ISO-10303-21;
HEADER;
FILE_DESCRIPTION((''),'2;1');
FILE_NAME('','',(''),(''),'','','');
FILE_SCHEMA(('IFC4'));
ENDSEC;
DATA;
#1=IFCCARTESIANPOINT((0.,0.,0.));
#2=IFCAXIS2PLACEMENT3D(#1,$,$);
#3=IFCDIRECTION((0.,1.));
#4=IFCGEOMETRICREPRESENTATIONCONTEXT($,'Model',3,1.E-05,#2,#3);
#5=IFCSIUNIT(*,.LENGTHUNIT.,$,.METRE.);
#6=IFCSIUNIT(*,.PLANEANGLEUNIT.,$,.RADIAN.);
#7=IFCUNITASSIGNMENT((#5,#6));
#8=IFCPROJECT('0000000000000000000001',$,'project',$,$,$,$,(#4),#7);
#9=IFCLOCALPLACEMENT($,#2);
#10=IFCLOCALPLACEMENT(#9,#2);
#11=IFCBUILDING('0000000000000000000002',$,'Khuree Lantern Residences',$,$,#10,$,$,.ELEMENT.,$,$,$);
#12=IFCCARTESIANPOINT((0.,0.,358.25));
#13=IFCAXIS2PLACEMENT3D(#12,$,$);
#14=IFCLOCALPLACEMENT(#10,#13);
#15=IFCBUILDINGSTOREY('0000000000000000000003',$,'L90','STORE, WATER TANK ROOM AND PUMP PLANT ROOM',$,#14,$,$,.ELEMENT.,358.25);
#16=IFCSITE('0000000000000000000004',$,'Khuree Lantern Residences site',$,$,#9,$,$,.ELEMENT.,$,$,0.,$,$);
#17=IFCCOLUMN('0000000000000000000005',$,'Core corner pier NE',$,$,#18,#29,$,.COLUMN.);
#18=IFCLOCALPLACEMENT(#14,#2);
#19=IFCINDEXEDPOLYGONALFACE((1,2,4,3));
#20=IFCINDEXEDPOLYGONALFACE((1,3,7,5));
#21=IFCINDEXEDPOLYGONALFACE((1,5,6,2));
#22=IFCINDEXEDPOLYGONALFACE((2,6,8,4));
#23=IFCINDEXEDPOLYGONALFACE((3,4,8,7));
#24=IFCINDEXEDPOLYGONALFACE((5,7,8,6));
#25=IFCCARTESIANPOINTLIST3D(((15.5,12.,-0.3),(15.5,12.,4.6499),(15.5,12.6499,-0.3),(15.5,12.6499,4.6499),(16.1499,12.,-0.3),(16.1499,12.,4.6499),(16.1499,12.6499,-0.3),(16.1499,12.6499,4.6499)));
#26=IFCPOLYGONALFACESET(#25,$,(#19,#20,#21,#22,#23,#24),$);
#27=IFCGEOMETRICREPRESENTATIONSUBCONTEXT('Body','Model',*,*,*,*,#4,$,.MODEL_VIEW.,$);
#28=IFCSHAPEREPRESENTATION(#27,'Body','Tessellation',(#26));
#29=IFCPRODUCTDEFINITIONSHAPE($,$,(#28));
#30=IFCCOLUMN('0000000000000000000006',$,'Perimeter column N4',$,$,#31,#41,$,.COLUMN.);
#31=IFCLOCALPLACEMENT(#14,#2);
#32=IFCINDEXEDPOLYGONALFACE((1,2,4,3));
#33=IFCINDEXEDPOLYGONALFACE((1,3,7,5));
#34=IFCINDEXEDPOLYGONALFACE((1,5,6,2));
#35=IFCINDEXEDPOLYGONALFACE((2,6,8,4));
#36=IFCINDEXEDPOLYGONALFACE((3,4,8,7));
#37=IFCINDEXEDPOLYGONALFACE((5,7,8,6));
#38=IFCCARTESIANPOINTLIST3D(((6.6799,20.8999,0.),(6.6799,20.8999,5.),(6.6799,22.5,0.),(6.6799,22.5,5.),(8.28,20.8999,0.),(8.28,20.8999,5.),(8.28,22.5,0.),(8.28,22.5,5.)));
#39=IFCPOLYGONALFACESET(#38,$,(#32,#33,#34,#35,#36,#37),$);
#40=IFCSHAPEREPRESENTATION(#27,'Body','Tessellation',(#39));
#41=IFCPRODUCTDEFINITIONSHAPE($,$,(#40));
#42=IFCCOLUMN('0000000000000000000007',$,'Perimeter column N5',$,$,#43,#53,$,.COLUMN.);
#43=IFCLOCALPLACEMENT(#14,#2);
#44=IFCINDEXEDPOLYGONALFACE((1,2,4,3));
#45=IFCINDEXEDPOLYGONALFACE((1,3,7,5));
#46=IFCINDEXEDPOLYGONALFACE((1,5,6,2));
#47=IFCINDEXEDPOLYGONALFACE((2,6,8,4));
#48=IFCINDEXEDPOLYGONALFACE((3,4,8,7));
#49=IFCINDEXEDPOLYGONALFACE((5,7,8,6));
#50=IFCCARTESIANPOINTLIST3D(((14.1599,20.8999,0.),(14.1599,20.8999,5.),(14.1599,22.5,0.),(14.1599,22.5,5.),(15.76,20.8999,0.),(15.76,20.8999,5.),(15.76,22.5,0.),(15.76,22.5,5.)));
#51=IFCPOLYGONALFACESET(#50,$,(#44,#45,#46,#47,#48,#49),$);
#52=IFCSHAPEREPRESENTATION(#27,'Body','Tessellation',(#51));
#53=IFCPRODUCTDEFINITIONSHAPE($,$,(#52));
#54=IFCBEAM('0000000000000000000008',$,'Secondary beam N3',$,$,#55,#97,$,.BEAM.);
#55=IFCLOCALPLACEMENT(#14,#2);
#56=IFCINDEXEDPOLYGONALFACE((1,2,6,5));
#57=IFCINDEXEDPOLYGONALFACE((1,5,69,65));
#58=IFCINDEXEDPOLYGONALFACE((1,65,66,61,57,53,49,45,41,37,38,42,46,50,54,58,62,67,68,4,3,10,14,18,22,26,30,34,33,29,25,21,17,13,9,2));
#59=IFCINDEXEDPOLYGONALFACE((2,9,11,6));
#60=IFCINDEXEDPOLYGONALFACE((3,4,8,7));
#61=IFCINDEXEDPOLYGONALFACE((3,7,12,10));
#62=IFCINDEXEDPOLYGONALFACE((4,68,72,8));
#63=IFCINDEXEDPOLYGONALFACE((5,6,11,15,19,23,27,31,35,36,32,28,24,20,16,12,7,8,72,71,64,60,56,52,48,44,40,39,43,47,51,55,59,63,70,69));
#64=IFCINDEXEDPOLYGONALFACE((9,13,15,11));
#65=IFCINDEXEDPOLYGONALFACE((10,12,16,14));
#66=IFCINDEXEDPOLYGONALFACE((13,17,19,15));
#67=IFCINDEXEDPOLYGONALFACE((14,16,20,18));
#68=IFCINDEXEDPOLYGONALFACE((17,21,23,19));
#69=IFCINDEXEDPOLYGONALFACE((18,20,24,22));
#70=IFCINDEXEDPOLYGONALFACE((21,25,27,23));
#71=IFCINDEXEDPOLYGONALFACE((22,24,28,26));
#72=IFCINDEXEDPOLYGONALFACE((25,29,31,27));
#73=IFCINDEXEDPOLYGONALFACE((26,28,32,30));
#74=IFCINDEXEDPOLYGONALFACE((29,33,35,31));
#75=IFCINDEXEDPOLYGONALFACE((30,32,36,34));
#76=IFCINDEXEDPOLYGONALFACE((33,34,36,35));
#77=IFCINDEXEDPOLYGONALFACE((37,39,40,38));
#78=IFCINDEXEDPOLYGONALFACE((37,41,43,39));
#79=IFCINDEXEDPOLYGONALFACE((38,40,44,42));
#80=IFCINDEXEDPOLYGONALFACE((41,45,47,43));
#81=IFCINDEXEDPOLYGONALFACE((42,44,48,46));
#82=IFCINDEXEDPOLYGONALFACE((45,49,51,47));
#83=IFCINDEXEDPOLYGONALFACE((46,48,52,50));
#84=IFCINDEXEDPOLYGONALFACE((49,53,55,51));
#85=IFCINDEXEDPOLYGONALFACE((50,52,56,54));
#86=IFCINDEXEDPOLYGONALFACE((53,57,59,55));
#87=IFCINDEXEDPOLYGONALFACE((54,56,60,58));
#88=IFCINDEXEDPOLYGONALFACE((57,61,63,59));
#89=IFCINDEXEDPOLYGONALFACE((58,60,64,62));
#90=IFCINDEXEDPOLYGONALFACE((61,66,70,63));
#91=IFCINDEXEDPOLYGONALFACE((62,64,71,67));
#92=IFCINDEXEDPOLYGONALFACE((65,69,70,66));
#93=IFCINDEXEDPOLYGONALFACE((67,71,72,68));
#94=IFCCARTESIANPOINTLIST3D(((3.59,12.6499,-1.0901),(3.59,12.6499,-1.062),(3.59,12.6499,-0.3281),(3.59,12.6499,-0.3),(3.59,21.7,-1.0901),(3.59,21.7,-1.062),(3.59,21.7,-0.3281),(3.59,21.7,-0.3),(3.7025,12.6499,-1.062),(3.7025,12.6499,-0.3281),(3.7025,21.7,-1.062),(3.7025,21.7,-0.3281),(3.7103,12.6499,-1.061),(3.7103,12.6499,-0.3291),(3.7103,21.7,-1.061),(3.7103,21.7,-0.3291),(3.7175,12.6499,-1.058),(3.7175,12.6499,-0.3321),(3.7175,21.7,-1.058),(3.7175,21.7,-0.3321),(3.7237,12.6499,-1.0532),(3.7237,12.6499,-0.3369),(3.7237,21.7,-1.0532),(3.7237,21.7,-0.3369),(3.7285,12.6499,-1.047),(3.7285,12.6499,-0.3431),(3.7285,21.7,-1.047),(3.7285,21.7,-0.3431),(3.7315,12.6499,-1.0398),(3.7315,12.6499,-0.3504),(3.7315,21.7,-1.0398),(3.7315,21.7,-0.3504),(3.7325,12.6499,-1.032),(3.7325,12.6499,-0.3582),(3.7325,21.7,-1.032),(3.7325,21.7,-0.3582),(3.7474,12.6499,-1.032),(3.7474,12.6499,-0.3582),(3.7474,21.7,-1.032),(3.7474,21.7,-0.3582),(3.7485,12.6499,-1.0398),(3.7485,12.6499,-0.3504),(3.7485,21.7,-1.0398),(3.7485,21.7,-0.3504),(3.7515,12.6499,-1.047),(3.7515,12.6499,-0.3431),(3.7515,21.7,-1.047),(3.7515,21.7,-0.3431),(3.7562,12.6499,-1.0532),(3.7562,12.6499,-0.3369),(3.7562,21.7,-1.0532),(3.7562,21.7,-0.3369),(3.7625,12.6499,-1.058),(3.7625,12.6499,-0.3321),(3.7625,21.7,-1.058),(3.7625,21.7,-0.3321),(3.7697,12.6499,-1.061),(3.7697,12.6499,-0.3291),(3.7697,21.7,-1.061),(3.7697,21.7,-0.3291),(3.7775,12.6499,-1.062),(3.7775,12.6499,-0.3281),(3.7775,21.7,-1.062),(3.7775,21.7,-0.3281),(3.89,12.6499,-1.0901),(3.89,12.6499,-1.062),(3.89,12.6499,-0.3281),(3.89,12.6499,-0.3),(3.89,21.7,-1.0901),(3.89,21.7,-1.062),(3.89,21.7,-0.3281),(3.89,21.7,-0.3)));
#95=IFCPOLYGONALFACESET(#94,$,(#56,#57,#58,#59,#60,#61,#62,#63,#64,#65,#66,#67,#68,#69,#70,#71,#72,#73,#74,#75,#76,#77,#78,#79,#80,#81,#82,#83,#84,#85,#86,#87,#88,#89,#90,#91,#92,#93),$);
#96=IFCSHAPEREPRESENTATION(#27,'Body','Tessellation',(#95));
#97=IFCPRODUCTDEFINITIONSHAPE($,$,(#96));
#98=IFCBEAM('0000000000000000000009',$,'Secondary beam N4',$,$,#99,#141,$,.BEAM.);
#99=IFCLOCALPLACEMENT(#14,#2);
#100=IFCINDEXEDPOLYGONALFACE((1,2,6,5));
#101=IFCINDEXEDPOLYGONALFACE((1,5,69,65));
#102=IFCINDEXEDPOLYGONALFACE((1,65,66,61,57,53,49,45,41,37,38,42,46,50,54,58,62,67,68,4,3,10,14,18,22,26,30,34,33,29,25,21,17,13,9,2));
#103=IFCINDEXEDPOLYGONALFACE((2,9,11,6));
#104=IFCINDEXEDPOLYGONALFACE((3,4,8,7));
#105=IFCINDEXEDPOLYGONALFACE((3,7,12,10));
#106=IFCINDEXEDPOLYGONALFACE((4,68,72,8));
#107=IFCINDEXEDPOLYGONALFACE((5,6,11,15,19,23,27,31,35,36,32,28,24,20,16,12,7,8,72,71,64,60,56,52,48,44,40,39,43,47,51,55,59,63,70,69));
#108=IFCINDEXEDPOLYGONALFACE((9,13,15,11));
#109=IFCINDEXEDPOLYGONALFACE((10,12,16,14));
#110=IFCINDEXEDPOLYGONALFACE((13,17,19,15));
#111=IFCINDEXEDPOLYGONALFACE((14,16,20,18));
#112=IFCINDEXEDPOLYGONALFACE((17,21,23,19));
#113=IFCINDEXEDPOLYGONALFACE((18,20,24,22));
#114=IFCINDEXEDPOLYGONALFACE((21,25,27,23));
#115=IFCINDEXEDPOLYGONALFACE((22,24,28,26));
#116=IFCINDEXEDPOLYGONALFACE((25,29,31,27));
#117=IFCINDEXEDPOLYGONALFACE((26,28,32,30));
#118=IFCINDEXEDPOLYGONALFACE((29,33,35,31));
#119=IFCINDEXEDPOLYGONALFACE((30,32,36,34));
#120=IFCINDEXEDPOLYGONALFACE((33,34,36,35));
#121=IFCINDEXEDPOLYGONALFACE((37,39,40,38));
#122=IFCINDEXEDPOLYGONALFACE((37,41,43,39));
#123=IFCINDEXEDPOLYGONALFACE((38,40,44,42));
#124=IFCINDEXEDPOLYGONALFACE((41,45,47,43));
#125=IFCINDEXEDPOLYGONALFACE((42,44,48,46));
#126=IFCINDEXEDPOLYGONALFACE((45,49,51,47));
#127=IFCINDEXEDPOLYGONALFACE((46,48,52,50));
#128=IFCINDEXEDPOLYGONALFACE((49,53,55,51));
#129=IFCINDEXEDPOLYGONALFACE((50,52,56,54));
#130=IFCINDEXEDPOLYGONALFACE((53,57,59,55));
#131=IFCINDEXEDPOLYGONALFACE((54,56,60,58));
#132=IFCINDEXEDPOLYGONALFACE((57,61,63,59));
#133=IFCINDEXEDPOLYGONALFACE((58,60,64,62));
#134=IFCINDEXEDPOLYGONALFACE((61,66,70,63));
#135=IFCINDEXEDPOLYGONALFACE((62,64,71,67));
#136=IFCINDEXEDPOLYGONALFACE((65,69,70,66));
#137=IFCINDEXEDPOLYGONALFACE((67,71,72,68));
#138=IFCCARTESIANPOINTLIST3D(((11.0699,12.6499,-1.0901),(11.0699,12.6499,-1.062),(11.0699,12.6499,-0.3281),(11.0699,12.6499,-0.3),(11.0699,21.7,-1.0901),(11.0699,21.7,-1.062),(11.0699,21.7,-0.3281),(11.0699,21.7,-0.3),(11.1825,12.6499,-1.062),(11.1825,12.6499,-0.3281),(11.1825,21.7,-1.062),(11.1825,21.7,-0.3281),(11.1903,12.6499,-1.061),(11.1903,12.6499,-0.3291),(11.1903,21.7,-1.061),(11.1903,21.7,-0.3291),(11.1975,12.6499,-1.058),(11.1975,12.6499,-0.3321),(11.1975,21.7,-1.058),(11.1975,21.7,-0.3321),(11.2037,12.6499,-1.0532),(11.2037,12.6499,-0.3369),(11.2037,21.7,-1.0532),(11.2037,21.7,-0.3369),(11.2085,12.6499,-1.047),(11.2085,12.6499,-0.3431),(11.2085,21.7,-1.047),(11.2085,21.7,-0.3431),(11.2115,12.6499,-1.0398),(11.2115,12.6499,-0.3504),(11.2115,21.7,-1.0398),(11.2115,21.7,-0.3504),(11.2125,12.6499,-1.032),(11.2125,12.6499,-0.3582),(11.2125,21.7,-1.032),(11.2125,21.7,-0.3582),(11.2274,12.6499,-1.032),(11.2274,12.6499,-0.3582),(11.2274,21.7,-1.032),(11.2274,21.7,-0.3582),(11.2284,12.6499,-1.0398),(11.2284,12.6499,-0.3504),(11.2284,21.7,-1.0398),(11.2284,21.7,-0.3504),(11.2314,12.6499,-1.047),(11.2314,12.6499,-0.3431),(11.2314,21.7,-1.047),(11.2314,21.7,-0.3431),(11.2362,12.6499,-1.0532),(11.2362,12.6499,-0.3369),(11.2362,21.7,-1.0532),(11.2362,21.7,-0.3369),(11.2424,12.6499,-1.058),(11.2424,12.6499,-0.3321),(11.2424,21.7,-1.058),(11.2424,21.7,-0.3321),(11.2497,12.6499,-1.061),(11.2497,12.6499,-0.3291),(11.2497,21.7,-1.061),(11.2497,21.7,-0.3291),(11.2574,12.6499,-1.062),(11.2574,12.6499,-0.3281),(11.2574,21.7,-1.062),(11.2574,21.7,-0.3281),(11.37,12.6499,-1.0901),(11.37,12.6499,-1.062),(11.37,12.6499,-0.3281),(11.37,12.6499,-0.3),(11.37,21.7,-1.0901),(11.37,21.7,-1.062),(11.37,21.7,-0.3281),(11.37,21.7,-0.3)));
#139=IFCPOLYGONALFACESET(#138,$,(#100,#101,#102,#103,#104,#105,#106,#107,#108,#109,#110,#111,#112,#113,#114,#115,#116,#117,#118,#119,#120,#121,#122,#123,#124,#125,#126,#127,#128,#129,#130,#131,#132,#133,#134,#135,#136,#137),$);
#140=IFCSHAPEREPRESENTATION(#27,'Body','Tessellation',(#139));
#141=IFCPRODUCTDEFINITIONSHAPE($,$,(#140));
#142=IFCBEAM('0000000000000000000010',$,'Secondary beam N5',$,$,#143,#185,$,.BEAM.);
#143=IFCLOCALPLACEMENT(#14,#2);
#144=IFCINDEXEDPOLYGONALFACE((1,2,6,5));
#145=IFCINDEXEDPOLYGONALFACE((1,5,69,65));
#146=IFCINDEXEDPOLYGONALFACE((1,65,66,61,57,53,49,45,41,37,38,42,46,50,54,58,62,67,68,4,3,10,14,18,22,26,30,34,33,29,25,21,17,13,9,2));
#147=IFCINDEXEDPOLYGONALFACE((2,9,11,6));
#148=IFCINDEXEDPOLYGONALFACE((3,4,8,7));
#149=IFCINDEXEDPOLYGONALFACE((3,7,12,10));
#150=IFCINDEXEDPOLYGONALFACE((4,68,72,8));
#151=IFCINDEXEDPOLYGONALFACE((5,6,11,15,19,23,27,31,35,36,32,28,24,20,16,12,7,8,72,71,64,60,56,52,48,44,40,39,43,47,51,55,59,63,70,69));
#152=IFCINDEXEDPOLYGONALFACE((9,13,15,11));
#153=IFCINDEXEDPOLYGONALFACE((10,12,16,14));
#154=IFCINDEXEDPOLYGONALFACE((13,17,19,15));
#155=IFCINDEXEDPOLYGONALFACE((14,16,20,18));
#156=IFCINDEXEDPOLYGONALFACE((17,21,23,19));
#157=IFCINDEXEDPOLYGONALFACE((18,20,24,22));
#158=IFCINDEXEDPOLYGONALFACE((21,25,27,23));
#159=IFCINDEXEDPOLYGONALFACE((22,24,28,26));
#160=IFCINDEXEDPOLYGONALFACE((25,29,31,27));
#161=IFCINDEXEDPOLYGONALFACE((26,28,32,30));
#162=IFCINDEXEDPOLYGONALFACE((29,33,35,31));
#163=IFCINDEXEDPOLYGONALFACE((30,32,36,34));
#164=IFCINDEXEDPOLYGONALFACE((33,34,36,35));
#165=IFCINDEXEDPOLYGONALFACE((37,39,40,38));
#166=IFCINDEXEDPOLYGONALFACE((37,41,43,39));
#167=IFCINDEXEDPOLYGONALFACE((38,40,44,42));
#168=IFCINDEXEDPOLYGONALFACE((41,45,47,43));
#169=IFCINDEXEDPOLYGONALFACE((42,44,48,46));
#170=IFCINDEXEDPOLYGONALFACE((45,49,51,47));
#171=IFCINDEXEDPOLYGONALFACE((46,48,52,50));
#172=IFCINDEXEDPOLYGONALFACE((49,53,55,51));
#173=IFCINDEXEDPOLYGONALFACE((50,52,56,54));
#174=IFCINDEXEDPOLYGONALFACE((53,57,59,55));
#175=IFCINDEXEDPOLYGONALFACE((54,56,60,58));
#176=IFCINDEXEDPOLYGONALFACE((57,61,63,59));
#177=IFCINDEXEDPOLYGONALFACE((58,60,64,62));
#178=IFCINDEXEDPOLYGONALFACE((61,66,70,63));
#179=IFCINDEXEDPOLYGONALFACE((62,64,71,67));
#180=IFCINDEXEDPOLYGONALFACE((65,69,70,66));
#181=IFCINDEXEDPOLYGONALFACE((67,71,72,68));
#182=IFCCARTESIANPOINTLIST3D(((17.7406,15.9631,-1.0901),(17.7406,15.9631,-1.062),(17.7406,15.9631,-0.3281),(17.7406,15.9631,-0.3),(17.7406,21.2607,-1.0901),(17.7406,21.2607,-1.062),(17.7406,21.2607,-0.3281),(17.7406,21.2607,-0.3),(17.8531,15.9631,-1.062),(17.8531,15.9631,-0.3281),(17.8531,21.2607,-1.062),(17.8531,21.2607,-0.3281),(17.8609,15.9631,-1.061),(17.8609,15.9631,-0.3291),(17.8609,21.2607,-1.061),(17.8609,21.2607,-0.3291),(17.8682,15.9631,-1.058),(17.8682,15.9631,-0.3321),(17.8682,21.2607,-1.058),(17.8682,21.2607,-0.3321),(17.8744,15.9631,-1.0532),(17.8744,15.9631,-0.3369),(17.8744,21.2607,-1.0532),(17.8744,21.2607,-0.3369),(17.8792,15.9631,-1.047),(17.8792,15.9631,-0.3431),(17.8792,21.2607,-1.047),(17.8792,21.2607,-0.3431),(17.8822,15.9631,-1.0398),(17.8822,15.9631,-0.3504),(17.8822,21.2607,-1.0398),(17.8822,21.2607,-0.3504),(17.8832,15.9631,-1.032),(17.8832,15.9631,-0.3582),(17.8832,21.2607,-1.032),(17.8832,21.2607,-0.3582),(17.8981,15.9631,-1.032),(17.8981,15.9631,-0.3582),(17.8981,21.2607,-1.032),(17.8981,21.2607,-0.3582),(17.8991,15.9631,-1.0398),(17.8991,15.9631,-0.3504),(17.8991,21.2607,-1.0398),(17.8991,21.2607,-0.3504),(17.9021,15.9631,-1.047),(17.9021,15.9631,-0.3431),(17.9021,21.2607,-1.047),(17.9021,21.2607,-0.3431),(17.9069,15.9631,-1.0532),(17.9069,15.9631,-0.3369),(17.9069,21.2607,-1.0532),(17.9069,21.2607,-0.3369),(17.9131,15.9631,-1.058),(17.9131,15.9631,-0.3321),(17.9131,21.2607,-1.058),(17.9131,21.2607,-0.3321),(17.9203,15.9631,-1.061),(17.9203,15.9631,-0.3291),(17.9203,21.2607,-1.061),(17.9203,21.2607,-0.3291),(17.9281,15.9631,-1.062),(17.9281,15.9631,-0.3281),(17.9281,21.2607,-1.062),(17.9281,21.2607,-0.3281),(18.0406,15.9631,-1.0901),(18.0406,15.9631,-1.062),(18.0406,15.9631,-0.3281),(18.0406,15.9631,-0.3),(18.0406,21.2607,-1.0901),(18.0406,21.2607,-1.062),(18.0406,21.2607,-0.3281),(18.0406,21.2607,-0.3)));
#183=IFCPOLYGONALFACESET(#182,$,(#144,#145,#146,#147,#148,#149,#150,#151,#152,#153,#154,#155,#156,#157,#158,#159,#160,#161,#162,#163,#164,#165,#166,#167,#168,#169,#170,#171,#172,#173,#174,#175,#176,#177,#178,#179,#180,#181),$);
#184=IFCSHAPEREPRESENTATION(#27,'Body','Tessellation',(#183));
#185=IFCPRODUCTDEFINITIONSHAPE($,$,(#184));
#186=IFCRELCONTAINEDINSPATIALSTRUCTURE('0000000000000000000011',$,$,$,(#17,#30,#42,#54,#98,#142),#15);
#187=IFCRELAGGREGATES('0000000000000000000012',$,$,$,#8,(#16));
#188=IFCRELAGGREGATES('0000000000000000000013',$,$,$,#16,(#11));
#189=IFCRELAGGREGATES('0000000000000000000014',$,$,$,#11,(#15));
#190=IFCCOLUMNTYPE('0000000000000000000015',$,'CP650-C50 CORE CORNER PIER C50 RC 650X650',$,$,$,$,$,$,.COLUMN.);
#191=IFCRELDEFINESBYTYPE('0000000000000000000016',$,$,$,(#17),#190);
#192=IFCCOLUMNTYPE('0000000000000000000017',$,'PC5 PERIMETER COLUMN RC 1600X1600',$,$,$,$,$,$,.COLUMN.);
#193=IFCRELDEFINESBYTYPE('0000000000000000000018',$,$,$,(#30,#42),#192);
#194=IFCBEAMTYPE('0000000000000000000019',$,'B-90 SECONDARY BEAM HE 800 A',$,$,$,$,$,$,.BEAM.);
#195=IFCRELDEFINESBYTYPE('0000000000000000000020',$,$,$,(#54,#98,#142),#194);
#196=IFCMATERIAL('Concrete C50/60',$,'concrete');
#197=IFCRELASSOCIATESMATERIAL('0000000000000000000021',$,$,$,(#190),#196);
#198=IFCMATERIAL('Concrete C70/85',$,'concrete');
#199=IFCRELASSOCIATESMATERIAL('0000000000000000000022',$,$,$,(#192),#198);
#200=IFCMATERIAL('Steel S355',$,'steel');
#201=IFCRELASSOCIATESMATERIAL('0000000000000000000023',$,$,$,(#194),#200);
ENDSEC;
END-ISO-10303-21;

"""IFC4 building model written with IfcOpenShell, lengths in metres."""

from ifc_helpers import new_model, si_unit, direction, frame, origin, origin_2d, place, context, subcontext, project, spatial, rectangle, i_section, extrude, material, material_profile, profile_set, type_object, element, save


model = new_model("IFC4")

# Units and contexts
model_context = context("Model", 3, precision=1e-05, world=origin(), true_north=direction((0.0, 1.0)))
body_context = subcontext(model_context, "Body", "Model", "MODEL_VIEW")
ifc_project = project(units=[si_unit("LENGTHUNIT", "METRE"), si_unit("PLANEANGLEUNIT", "RADIAN")], contexts=[model_context])

# Site, building, storey
site_placement = place(None, origin())
site = spatial("IfcSite", under=ifc_project, at=site_placement, Name="Khuree Lantern Residences site", CompositionType="ELEMENT", RefElevation=0.0)
building_placement = place(site_placement, origin())
building = spatial("IfcBuilding", under=site, at=building_placement, Name="Khuree Lantern Residences", CompositionType="ELEMENT")
storey_placement = place(building_placement, frame((0.0, 0.0, 358.25)))
storey = spatial("IfcBuildingStorey", under=building, at=storey_placement, Name="L90", Description="STORE, WATER TANK ROOM AND PUMP PLANT ROOM", CompositionType="ELEMENT", Elevation=358.25)

# Columns
ifc_material_1 = material(Name="Concrete C50/60", Category="concrete")
ifc_material_profile_1 = material_profile(ifc_material_1, rectangle(XDim=0.6499, YDim=0.6499, at=origin_2d()), Name="RC 650X650")
ifc_profile_set_1 = profile_set([ifc_material_profile_1], Name="Concrete C50/60")
column_type_1 = type_object("IfcColumnType", Name="CP650-C50 CORE CORNER PIER C50 RC 650X650", PredefinedType="COLUMN", material=ifc_profile_set_1)
column_placement = place(storey_placement, frame((15.825, 12.325, -0.3), z_axis=(0.0, 0.0, 1.0), x_axis=(1.0, 0.0, 0.0)))
element("IfcColumn", 1, at=column_placement, inside=storey, type_object=column_type_1, Name="Core corner pier NE", PredefinedType="COLUMN", context=body_context, shape_type="SweptSolid", body=[
    extrude(rectangle(XDim=0.6499, YDim=0.6499, at=origin_2d()), origin(), (0.0, 0.0, 1.0), 4.95),
])
ifc_material_2 = material(Name="Concrete C70/85", Category="concrete")
ifc_material_profile_2 = material_profile(ifc_material_2, rectangle(XDim=1.6001, YDim=1.6001, at=origin_2d()), Name="RC 1600X1600")
ifc_profile_set_2 = profile_set([ifc_material_profile_2], Name="Concrete C70/85")
column_type_2 = type_object("IfcColumnType", Name="PC5 PERIMETER COLUMN RC 1600X1600", PredefinedType="COLUMN", material=ifc_profile_set_2)
for number, where, z_axis, x_axis, name in (
    (2, (7.48, 21.7, 0.0), (0.0, 0.0, 1.0), (1.0, 0.0, 0.0), "Perimeter column N4"),
    (3, (14.96, 21.7, 0.0), (0.0, 0.0, 1.0), (1.0, 0.0, 0.0), "Perimeter column N5"),
):
    element("IfcColumn", number, at=place(storey_placement, frame(where, z_axis=z_axis, x_axis=x_axis)), inside=storey, type_object=column_type_2, Name=name, PredefinedType="COLUMN", context=body_context, shape_type="SweptSolid", body=[
        extrude(rectangle(XDim=1.6001, YDim=1.6001, at=origin_2d()), origin(), (0.0, 0.0, 1.0), 5.0),
    ])

# Beams
ifc_material_3 = material(Name="Steel S355", Category="steel")
ifc_material_profile_3 = material_profile(ifc_material_3, i_section(OverallWidth=0.3, OverallDepth=0.79, WebThickness=0.0149, FlangeThickness=0.0281, FilletRadius=0.03, at=origin_2d()), Name="HE 800 A")
ifc_profile_set_3 = profile_set([ifc_material_profile_3], Name="Steel S355")
beam_type = type_object("IfcBeamType", Name="B-90 SECONDARY BEAM HE 800 A", PredefinedType="BEAM", material=ifc_profile_set_3)
for number, where, z_axis, x_axis, name in (
    (4, (3.74, 21.7, -0.6951), (0.0, -1.0, 0.0), (1.0, 0.0, 0.0), "Secondary beam N3"),
    (5, (11.22, 21.7, -0.6951), (0.0, -1.0, 0.0), (1.0, 0.0, 0.0), "Secondary beam N4"),
):
    element("IfcBeam", number, at=place(storey_placement, frame(where, z_axis=z_axis, x_axis=x_axis)), inside=storey, type_object=beam_type, Name=name, PredefinedType="BEAM", context=body_context, shape_type="SweptSolid", body=[
        extrude(i_section(OverallWidth=0.3, OverallDepth=0.79, WebThickness=0.0149, FlangeThickness=0.0281, FilletRadius=0.03, at=origin_2d()), origin(), (0.0, 0.0, 1.0), 9.05),
    ])
beam_placement = place(storey_placement, frame((17.8906, 21.2607, -0.6951), z_axis=(0.0, -1.0, 0.0), x_axis=(1.0, 0.0, 0.0)))
element("IfcBeam", 6, at=beam_placement, inside=storey, type_object=beam_type, Name="Secondary beam N5", PredefinedType="BEAM", context=body_context, shape_type="SweptSolid", body=[
    extrude(i_section(OverallWidth=0.3, OverallDepth=0.79, WebThickness=0.0149, FlangeThickness=0.0281, FilletRadius=0.03, at=origin_2d()), origin(), (0.0, 0.0, 1.0), 5.2976),
])

save(model, "model.ifc")
